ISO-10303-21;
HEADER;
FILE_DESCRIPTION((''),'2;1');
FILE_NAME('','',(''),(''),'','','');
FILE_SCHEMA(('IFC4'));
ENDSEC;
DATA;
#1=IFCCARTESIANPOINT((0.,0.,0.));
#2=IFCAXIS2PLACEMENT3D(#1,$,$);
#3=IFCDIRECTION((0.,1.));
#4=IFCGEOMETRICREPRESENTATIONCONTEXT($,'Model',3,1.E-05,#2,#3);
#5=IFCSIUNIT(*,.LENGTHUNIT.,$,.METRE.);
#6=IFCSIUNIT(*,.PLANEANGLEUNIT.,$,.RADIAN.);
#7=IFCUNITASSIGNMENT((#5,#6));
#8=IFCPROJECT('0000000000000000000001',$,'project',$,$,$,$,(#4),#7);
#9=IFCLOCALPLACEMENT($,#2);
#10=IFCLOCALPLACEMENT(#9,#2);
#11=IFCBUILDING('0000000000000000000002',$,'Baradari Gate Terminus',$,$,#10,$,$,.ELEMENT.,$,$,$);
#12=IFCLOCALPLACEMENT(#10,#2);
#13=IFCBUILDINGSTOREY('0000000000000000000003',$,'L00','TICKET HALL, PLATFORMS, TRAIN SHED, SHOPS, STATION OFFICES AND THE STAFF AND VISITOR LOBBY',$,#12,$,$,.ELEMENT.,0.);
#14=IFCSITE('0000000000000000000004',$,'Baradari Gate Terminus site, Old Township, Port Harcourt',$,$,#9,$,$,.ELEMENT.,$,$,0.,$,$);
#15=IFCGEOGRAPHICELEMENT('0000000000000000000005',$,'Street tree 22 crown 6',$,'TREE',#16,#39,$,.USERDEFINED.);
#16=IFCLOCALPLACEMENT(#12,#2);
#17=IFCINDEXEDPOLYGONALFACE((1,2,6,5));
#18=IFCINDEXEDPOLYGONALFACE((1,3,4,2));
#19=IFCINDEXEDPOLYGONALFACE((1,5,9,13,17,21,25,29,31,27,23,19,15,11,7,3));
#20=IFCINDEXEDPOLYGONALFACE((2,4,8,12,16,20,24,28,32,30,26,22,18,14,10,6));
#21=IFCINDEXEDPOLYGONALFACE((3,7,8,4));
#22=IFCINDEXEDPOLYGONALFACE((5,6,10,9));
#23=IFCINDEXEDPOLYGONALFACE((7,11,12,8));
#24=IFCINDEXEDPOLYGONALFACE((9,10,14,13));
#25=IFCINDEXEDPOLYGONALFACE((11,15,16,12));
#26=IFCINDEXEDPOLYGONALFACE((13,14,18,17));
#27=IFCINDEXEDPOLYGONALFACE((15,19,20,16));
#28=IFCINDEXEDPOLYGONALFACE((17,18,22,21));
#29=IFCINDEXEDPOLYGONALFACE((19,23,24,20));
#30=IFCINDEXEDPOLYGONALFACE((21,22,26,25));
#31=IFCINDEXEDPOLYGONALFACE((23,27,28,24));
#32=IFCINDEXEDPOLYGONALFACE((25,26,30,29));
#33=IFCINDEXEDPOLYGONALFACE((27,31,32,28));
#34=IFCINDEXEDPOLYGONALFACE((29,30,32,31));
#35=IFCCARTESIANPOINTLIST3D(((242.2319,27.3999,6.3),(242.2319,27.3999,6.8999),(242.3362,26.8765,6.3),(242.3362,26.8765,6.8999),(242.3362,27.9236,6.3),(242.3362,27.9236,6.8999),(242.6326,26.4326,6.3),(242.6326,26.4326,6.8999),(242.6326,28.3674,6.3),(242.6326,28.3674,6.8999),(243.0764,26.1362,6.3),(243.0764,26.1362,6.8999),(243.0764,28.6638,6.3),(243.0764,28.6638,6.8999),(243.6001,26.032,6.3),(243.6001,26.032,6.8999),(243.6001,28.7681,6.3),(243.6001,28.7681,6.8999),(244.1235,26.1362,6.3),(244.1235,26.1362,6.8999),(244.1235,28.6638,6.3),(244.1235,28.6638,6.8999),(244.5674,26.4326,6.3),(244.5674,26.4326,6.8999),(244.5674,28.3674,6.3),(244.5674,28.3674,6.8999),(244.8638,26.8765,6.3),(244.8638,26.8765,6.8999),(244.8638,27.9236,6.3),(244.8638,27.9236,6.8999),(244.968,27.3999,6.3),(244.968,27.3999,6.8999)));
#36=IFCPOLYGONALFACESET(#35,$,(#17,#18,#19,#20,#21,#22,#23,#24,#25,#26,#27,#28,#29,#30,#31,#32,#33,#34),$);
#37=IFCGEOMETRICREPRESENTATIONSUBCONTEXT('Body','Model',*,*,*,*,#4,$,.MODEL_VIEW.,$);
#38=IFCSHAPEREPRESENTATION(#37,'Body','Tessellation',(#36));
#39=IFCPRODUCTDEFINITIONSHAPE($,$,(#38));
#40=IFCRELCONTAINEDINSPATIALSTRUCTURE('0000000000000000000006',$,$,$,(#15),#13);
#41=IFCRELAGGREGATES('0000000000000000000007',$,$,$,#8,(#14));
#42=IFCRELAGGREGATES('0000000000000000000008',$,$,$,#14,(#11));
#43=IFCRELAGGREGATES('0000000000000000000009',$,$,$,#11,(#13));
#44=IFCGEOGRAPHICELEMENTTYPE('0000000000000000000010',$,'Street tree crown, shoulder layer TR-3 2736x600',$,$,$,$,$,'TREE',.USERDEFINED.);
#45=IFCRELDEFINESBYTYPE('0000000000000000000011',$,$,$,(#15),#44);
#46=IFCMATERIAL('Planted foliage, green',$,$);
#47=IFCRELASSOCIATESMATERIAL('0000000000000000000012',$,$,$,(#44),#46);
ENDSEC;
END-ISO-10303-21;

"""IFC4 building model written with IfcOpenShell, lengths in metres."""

from ifc_helpers import new_model, si_unit, direction, frame, origin, place, context, subcontext, project, spatial, polyline, outline, extrude, material, type_object, element, save


model = new_model("IFC4")

# Units and contexts
model_context = context("Model", 3, precision=1e-05, world=origin(), true_north=direction((0.0, 1.0)))
body_context = subcontext(model_context, "Body", "Model", "MODEL_VIEW")
ifc_project = project(units=[si_unit("LENGTHUNIT", "METRE"), si_unit("PLANEANGLEUNIT", "RADIAN")], contexts=[model_context])

# Site, building, storey
site_placement = place(None, origin())
site = spatial("IfcSite", under=ifc_project, at=site_placement, Name="Baradari Gate Terminus site, Old Township, Port Harcourt", CompositionType="ELEMENT", RefElevation=0.0)
building_placement = place(site_placement, origin())
building = spatial("IfcBuilding", under=site, at=building_placement, Name="Baradari Gate Terminus", CompositionType="ELEMENT")
storey_placement = place(building_placement, origin())
storey = spatial("IfcBuildingStorey", under=building, at=storey_placement, Name="L00", Description="TICKET HALL, PLATFORMS, TRAIN SHED, SHOPS, STATION OFFICES AND THE STAFF AND VISITOR LOBBY", CompositionType="ELEMENT", Elevation=0.0)

# Geographic element
ifc_material_1 = material(Name="Planted foliage, green")
geographic_element_type_1 = type_object("IfcGeographicElementType", Name="Street tree crown, shoulder layer TR-3 2736x600", ElementType="TREE", PredefinedType="USERDEFINED", material=ifc_material_1)
geographic_element_1_placement = place(storey_placement, frame((0.0, 0.0, 6.3)))
element("IfcGeographicElement", 1, at=geographic_element_1_placement, inside=storey, type_object=geographic_element_type_1, Name="Street tree 22 crown 6", ObjectType="TREE", PredefinedType="USERDEFINED", context=body_context, shape_type="SweptSolid", body=[
    extrude(outline(polyline([(244.968, 27.3999), (244.8638, 27.9236), (244.5674, 28.3674), (244.1235, 28.6638), (243.6001, 28.7681), (243.0764, 28.6638), (242.6326, 28.3674), (242.3362, 27.9236), (242.2319, 27.3999), (242.3362, 26.8765), (242.6326, 26.4326), (243.0764, 26.1362), (243.6001, 26.032), (244.1235, 26.1362), (244.5674, 26.4326), (244.8638, 26.8765), (244.968, 27.3999)])), origin(), (0.0, 0.0, 1.0), 0.5999),
])

save(model, "model.ifc")
